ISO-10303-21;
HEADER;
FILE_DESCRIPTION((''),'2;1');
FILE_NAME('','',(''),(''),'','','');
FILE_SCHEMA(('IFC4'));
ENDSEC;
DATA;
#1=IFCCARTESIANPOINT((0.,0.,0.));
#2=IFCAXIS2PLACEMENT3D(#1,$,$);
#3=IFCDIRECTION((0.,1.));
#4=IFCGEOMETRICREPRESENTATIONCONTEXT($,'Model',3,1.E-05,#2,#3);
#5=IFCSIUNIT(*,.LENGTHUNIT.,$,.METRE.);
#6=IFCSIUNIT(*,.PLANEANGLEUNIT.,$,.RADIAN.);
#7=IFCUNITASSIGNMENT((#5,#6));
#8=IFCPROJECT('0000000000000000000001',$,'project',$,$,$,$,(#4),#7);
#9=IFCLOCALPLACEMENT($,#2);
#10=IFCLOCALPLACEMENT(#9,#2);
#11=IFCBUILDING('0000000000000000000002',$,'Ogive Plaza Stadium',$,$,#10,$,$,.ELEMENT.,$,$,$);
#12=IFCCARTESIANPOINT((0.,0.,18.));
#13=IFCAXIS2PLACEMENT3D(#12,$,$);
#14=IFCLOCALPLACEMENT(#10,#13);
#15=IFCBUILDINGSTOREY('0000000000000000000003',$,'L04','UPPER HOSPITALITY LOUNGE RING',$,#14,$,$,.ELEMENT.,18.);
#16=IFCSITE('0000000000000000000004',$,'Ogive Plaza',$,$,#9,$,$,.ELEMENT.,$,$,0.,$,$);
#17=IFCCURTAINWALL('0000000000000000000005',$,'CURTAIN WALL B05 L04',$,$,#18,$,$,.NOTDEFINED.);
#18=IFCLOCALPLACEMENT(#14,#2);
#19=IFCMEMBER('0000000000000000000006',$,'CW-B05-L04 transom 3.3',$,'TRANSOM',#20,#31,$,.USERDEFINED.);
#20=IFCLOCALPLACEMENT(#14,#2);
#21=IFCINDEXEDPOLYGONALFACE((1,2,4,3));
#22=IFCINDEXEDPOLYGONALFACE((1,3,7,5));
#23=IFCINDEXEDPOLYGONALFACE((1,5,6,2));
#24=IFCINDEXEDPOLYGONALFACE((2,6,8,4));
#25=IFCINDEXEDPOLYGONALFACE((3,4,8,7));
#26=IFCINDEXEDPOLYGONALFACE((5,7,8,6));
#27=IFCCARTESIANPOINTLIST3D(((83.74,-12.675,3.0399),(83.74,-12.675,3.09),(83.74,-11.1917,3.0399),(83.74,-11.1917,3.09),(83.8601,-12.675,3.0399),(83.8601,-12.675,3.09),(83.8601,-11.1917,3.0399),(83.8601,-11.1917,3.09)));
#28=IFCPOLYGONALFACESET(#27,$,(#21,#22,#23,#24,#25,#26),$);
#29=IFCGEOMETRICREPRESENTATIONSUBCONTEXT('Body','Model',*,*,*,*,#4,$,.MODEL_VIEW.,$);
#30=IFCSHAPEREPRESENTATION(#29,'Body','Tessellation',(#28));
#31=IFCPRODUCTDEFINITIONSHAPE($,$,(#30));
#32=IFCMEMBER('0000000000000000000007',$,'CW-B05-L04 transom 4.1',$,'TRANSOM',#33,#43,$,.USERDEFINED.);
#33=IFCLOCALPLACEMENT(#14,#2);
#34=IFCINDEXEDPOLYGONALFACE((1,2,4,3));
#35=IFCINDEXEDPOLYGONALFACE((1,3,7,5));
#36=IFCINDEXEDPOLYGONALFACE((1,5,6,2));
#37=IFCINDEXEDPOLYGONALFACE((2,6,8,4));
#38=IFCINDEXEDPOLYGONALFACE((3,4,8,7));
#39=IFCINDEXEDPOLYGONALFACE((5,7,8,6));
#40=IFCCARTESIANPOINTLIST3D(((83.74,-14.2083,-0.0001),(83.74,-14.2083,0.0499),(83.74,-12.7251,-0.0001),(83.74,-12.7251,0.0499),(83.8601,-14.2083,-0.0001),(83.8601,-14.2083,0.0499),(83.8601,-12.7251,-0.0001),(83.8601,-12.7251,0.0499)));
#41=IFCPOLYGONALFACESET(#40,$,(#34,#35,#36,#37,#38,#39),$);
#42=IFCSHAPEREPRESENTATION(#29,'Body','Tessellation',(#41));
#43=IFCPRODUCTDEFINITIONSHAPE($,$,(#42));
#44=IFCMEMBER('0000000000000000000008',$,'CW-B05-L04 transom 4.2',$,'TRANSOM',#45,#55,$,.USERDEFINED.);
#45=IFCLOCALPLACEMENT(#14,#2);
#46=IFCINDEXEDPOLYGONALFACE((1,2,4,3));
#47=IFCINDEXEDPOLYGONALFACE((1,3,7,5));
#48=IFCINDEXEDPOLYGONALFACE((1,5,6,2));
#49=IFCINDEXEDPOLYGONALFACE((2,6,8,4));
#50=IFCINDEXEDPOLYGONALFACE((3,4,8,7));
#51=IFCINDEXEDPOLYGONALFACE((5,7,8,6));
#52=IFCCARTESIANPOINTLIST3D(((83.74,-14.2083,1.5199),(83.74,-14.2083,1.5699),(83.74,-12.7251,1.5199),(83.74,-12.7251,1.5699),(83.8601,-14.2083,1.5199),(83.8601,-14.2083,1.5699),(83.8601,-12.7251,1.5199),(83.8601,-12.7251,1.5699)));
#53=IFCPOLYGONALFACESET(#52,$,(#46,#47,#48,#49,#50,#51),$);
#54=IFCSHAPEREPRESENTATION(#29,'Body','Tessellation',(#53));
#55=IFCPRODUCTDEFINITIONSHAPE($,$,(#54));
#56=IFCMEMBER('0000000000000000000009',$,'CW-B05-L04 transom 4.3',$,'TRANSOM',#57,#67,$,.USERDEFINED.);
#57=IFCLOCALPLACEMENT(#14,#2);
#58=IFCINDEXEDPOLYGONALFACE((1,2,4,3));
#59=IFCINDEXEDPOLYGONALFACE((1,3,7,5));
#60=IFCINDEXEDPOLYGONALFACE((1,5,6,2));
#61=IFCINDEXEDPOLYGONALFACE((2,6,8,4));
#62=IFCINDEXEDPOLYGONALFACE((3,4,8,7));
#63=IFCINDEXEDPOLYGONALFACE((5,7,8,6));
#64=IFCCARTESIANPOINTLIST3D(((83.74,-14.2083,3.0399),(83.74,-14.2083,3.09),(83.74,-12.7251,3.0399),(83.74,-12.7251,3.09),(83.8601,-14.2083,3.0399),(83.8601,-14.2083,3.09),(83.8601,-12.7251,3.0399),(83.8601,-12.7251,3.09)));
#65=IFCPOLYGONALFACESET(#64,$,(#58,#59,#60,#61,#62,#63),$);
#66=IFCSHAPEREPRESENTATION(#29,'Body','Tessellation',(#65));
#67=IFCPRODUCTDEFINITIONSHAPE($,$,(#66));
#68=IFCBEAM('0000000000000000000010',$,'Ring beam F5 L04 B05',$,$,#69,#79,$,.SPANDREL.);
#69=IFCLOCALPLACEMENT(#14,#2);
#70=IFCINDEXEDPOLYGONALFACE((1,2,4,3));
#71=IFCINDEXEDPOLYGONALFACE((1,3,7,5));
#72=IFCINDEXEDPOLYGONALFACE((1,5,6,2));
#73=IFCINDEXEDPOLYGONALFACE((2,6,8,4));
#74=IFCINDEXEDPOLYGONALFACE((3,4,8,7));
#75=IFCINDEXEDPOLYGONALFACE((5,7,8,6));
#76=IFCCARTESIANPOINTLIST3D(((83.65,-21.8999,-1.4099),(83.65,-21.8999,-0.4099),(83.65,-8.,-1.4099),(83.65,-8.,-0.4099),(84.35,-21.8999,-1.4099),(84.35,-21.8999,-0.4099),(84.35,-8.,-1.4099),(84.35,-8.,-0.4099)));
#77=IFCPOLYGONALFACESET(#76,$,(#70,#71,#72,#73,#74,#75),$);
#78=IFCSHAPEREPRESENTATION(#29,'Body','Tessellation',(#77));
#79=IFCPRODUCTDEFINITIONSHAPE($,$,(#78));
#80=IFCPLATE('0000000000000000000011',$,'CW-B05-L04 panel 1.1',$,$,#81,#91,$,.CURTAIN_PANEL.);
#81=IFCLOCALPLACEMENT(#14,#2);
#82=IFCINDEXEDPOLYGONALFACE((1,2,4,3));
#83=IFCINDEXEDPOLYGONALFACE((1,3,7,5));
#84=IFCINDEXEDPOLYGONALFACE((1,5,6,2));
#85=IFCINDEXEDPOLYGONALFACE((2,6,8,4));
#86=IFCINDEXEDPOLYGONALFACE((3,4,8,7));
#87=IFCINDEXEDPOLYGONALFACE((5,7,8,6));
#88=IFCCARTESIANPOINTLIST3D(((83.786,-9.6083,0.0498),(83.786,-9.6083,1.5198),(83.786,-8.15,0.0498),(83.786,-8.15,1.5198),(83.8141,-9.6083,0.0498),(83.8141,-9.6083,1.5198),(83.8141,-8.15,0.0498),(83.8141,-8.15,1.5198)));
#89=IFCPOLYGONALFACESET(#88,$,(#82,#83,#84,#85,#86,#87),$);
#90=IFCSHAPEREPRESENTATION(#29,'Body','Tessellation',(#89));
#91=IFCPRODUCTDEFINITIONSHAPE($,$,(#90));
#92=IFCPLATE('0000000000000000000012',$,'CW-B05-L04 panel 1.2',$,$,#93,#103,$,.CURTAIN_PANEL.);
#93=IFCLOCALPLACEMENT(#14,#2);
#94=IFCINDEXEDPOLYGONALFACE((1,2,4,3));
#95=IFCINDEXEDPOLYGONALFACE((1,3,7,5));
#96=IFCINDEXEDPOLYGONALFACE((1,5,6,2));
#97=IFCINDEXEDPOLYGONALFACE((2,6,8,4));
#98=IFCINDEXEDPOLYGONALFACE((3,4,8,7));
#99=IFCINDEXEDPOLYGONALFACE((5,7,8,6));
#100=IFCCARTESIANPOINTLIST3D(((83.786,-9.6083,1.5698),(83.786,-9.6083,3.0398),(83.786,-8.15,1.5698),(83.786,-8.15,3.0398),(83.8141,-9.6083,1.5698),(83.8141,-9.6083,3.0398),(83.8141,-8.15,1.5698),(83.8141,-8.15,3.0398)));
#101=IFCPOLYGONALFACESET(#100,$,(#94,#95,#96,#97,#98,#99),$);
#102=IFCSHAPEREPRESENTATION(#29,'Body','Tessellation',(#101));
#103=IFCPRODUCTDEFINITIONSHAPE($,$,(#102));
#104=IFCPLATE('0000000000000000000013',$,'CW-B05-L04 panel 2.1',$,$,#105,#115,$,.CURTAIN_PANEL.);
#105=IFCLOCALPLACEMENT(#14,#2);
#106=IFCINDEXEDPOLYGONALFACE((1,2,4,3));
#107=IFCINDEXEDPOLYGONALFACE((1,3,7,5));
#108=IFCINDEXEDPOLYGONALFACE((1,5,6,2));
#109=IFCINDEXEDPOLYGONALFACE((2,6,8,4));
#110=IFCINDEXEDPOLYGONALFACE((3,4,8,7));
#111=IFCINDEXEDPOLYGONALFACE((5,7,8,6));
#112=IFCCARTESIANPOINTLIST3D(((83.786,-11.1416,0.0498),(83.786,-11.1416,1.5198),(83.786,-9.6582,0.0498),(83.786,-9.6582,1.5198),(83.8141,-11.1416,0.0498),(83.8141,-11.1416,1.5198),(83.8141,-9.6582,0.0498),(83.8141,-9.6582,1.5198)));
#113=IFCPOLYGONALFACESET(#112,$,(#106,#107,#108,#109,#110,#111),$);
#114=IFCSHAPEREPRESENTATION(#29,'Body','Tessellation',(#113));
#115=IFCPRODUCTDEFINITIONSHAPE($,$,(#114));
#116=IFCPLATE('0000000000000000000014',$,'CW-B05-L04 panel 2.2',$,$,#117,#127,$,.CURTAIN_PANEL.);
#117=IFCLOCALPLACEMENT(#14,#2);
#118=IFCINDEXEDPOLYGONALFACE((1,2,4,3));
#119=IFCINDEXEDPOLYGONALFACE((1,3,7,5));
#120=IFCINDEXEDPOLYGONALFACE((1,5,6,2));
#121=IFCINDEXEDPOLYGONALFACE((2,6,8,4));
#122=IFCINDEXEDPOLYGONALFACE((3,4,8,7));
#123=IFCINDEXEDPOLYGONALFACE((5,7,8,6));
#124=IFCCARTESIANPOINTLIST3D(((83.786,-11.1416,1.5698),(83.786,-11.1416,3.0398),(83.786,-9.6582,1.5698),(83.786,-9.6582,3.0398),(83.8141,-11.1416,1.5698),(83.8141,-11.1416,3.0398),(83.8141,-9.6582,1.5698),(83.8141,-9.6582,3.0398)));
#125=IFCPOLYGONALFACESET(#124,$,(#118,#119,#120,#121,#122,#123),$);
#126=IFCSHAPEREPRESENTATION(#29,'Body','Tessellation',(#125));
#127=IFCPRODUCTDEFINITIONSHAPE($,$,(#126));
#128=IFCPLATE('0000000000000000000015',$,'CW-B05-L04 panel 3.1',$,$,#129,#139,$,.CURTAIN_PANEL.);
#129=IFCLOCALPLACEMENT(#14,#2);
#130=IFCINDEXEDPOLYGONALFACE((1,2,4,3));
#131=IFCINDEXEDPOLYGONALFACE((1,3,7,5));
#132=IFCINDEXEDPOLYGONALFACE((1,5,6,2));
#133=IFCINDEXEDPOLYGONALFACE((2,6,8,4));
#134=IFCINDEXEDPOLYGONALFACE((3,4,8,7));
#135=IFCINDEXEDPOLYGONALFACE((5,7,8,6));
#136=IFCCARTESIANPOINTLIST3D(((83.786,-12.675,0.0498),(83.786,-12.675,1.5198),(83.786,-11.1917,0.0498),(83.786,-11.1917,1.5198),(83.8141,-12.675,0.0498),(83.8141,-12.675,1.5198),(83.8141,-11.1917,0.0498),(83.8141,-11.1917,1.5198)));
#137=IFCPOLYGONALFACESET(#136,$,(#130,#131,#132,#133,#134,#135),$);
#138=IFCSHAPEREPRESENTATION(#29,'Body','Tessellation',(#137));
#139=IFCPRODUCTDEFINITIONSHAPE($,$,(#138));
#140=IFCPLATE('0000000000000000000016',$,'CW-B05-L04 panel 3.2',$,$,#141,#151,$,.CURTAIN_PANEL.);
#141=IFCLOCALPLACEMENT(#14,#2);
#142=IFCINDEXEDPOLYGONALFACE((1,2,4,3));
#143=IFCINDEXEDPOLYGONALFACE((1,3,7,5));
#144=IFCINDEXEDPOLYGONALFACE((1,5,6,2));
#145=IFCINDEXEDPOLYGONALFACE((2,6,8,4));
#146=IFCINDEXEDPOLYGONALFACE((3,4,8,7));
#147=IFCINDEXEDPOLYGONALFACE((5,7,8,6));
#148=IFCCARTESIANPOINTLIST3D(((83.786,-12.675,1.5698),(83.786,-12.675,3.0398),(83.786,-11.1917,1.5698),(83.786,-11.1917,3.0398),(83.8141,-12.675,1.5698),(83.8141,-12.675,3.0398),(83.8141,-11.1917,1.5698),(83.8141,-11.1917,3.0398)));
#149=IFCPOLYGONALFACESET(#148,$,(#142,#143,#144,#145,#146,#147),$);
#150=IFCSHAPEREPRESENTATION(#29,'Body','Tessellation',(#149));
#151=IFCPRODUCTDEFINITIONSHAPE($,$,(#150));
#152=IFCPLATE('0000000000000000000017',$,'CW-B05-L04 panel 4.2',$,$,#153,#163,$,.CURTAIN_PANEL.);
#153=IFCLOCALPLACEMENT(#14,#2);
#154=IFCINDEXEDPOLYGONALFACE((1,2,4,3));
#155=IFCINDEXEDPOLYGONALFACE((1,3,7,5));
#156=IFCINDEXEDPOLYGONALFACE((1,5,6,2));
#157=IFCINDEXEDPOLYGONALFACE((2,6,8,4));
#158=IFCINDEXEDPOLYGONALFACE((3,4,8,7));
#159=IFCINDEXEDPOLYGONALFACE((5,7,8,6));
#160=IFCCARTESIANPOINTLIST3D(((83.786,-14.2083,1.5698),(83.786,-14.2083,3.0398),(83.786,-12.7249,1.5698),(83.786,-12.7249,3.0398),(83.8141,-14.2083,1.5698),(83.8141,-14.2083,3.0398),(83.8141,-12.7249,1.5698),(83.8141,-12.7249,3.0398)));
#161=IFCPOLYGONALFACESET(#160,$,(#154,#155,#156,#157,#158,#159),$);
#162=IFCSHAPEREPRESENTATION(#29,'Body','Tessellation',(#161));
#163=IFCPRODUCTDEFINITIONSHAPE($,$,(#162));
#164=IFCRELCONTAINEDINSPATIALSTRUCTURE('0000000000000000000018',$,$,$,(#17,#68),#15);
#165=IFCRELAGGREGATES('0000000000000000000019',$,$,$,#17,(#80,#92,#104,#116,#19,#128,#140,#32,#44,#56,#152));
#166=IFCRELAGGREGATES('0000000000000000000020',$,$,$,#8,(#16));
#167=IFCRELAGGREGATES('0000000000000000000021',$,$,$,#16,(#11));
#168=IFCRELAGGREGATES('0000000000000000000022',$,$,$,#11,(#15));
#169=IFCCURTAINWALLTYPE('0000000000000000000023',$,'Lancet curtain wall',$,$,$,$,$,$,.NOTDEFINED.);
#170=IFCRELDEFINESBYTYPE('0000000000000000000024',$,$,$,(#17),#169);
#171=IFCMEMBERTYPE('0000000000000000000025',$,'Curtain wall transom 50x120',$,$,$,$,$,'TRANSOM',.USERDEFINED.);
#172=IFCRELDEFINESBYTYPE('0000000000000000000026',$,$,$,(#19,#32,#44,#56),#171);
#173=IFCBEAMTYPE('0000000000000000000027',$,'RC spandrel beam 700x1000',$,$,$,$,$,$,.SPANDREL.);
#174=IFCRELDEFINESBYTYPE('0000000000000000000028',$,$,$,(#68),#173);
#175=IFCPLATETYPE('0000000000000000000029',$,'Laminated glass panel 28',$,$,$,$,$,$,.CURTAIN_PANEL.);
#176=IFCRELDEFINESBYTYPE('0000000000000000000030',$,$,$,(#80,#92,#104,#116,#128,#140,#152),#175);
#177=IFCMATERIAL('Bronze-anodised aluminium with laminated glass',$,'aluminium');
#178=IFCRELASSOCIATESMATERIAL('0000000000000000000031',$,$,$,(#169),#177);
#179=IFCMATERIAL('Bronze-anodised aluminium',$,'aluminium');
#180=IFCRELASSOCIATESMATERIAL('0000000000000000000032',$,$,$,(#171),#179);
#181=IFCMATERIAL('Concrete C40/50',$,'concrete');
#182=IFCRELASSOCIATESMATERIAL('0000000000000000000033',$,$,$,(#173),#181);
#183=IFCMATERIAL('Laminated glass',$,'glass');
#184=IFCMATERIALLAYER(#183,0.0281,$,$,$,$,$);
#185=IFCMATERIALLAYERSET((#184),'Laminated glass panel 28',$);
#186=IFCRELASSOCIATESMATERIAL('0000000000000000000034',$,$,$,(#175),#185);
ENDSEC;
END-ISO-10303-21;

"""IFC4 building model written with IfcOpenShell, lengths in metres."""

from ifc_helpers import new_model, si_unit, direction, frame, origin, origin_2d, place, context, subcontext, project, spatial, rectangle, extrude, material, layer, layer_set, material_profile, profile_set, type_object, element, aggregate, save


model = new_model("IFC4")

# Units and contexts
model_context = context("Model", 3, precision=1e-05, world=origin(), true_north=direction((0.0, 1.0)))
body_context = subcontext(model_context, "Body", "Model", "MODEL_VIEW")
ifc_project = project(units=[si_unit("LENGTHUNIT", "METRE"), si_unit("PLANEANGLEUNIT", "RADIAN")], contexts=[model_context])

# Site, building, storey
site_placement = place(None, origin())
site = spatial("IfcSite", under=ifc_project, at=site_placement, Name="Ogive Plaza", CompositionType="ELEMENT", RefElevation=0.0)
building_placement = place(site_placement, origin())
building = spatial("IfcBuilding", under=site, at=building_placement, Name="Ogive Plaza Stadium", CompositionType="ELEMENT")
storey_placement = place(building_placement, frame((0.0, 0.0, 18.0)))
storey = spatial("IfcBuildingStorey", under=building, at=storey_placement, Name="L04", Description="UPPER HOSPITALITY LOUNGE RING", CompositionType="ELEMENT", Elevation=18.0)

# Shared definitions
ifc_material_1 = material(Name="Bronze-anodised aluminium with laminated glass", Category="aluminium")
curtain_wall_type = type_object("IfcCurtainWallType", Name="Lancet curtain wall", PredefinedType="NOTDEFINED", material=ifc_material_1)

# Curtain wall, members
curtain_wall_1_placement = place(storey_placement, origin())
curtain_wall_1 = element("IfcCurtainWall", 1, at=curtain_wall_1_placement, inside=storey, type_object=curtain_wall_type, Name="CURTAIN WALL B05 L04", PredefinedType="NOTDEFINED")
ifc_material_2 = material(Name="Bronze-anodised aluminium", Category="aluminium")
ifc_material_profile_1 = material_profile(ifc_material_2, rectangle(XDim=0.1201, YDim=0.05, at=origin_2d()), Name="AL 120x50")
ifc_profile_set_1 = profile_set([ifc_material_profile_1], Name="Bronze-anodised aluminium")
member_type_1 = type_object("IfcMemberType", Name="Curtain wall transom 50x120", ElementType="TRANSOM", PredefinedType="USERDEFINED", material=ifc_profile_set_1)
member_1_placement = place(storey_placement, frame((83.8, -11.1917, 3.0649), z_axis=(0.0, -1.0, 0.0), x_axis=(1.0, 0.0, 0.0)))
member_1 = element("IfcMember", 2, at=member_1_placement, type_object=member_type_1, Name="CW-B05-L04 transom 3.3", ObjectType="TRANSOM", PredefinedType="USERDEFINED", context=body_context, shape_type="SweptSolid", body=[
    extrude(rectangle(XDim=0.1201, YDim=0.05, at=origin_2d()), origin(), (0.0, 0.0, 1.0), 1.4834),
])
member_2_placement = place(storey_placement, frame((83.8, -12.7251, 0.0249), z_axis=(0.0, -1.0, 0.0), x_axis=(1.0, 0.0, 0.0)))
member_2 = element("IfcMember", 3, at=member_2_placement, type_object=member_type_1, Name="CW-B05-L04 transom 4.1", ObjectType="TRANSOM", PredefinedType="USERDEFINED", context=body_context, shape_type="SweptSolid", body=[
    extrude(rectangle(XDim=0.1201, YDim=0.05, at=origin_2d()), origin(), (0.0, 0.0, 1.0), 1.4832),
])
member_3_placement = place(storey_placement, frame((83.8, -12.7251, 1.5449), z_axis=(0.0, -1.0, 0.0), x_axis=(1.0, 0.0, 0.0)))
member_3 = element("IfcMember", 4, at=member_3_placement, type_object=member_type_1, Name="CW-B05-L04 transom 4.2", ObjectType="TRANSOM", PredefinedType="USERDEFINED", context=body_context, shape_type="SweptSolid", body=[
    extrude(rectangle(XDim=0.1201, YDim=0.05, at=origin_2d()), origin(), (0.0, 0.0, 1.0), 1.4832),
])
member_4_placement = place(storey_placement, frame((83.8, -12.7251, 3.0649), z_axis=(0.0, -1.0, 0.0), x_axis=(1.0, 0.0, 0.0)))
member_4 = element("IfcMember", 5, at=member_4_placement, type_object=member_type_1, Name="CW-B05-L04 transom 4.3", ObjectType="TRANSOM", PredefinedType="USERDEFINED", context=body_context, shape_type="SweptSolid", body=[
    extrude(rectangle(XDim=0.1201, YDim=0.05, at=origin_2d()), origin(), (0.0, 0.0, 1.0), 1.4832),
])

# Beam
ifc_material_3 = material(Name="Concrete C40/50", Category="concrete")
ifc_material_profile_2 = material_profile(ifc_material_3, rectangle(XDim=0.7, YDim=1.0, at=origin_2d()), Name="RC 700x1000")
ifc_profile_set_2 = profile_set([ifc_material_profile_2], Name="Concrete C40/50")
beam_type = type_object("IfcBeamType", Name="RC spandrel beam 700x1000", PredefinedType="SPANDREL", material=ifc_profile_set_2)
beam_placement = place(storey_placement, frame((84.0, -8.0, -0.9099), z_axis=(0.0, -1.0, 0.0), x_axis=(1.0, 0.0, 0.0)))
element("IfcBeam", 6, at=beam_placement, inside=storey, type_object=beam_type, Name="Ring beam F5 L04 B05", PredefinedType="SPANDREL", context=body_context, shape_type="SweptSolid", body=[
    extrude(rectangle(XDim=0.7, YDim=1.0, at=origin_2d()), origin(), (0.0, 0.0, 1.0), 13.8999),
])

# Plates
ifc_material_4 = material(Name="Laminated glass", Category="glass")
ifc_layer = layer(ifc_material_4, 0.0281)
ifc_layer_set = layer_set([ifc_layer], Name="Laminated glass panel 28")
plate_type = type_object("IfcPlateType", Name="Laminated glass panel 28", PredefinedType="CURTAIN_PANEL", material=ifc_layer_set)
plate_1_placement = place(storey_placement, frame((83.8, -8.8792, 0.0498), z_axis=(0.0, 0.0, 1.0), x_axis=(0.0, -1.0, 0.0)))
plate_1 = element("IfcPlate", 7, at=plate_1_placement, type_object=plate_type, Name="CW-B05-L04 panel 1.1", PredefinedType="CURTAIN_PANEL", context=body_context, shape_type="SweptSolid", body=[
    extrude(rectangle(XDim=1.4583, YDim=0.0281, at=origin_2d()), origin(), (0.0, 0.0, 1.0), 1.47),
])
plate_2_placement = place(storey_placement, frame((83.8, -8.8792, 1.5698), z_axis=(0.0, 0.0, 1.0), x_axis=(0.0, -1.0, 0.0)))
plate_2 = element("IfcPlate", 8, at=plate_2_placement, type_object=plate_type, Name="CW-B05-L04 panel 1.2", PredefinedType="CURTAIN_PANEL", context=body_context, shape_type="SweptSolid", body=[
    extrude(rectangle(XDim=1.4583, YDim=0.0281, at=origin_2d()), origin(), (0.0, 0.0, 1.0), 1.47),
])
plate_3_placement = place(storey_placement, frame((83.8, -10.3999, 0.0498), z_axis=(0.0, 0.0, 1.0), x_axis=(0.0, -1.0, 0.0)))
plate_3 = element("IfcPlate", 9, at=plate_3_placement, type_object=plate_type, Name="CW-B05-L04 panel 2.1", PredefinedType="CURTAIN_PANEL", context=body_context, shape_type="SweptSolid", body=[
    extrude(rectangle(XDim=1.4834, YDim=0.0281, at=origin_2d()), origin(), (0.0, 0.0, 1.0), 1.47),
])
plate_4_placement = place(storey_placement, frame((83.8, -10.3999, 1.5698), z_axis=(0.0, 0.0, 1.0), x_axis=(0.0, -1.0, 0.0)))
plate_4 = element("IfcPlate", 10, at=plate_4_placement, type_object=plate_type, Name="CW-B05-L04 panel 2.2", PredefinedType="CURTAIN_PANEL", context=body_context, shape_type="SweptSolid", body=[
    extrude(rectangle(XDim=1.4834, YDim=0.0281, at=origin_2d()), origin(), (0.0, 0.0, 1.0), 1.47),
])
plate_5_placement = place(storey_placement, frame((83.8, -11.9333, 0.0498), z_axis=(0.0, 0.0, 1.0), x_axis=(0.0, -1.0, 0.0)))
plate_5 = element("IfcPlate", 11, at=plate_5_placement, type_object=plate_type, Name="CW-B05-L04 panel 3.1", PredefinedType="CURTAIN_PANEL", context=body_context, shape_type="SweptSolid", body=[
    extrude(rectangle(XDim=1.4834, YDim=0.0281, at=origin_2d()), origin(), (0.0, 0.0, 1.0), 1.47),
])
plate_6_placement = place(storey_placement, frame((83.8, -11.9333, 1.5698), z_axis=(0.0, 0.0, 1.0), x_axis=(0.0, -1.0, 0.0)))
plate_6 = element("IfcPlate", 12, at=plate_6_placement, type_object=plate_type, Name="CW-B05-L04 panel 3.2", PredefinedType="CURTAIN_PANEL", context=body_context, shape_type="SweptSolid", body=[
    extrude(rectangle(XDim=1.4834, YDim=0.0281, at=origin_2d()), origin(), (0.0, 0.0, 1.0), 1.47),
])
plate_7_placement = place(storey_placement, frame((83.8, -13.4666, 1.5698), z_axis=(0.0, 0.0, 1.0), x_axis=(0.0, -1.0, 0.0)))
plate_7 = element("IfcPlate", 13, at=plate_7_placement, type_object=plate_type, Name="CW-B05-L04 panel 4.2", PredefinedType="CURTAIN_PANEL", context=body_context, shape_type="SweptSolid", body=[
    extrude(rectangle(XDim=1.4834, YDim=0.0281, at=origin_2d()), origin(), (0.0, 0.0, 1.0), 1.47),
])
aggregate(curtain_wall_1, [plate_1, plate_2, plate_3, plate_4, member_1, plate_5, plate_6, member_2, member_3, member_4, plate_7])

save(model, "model.ifc")
